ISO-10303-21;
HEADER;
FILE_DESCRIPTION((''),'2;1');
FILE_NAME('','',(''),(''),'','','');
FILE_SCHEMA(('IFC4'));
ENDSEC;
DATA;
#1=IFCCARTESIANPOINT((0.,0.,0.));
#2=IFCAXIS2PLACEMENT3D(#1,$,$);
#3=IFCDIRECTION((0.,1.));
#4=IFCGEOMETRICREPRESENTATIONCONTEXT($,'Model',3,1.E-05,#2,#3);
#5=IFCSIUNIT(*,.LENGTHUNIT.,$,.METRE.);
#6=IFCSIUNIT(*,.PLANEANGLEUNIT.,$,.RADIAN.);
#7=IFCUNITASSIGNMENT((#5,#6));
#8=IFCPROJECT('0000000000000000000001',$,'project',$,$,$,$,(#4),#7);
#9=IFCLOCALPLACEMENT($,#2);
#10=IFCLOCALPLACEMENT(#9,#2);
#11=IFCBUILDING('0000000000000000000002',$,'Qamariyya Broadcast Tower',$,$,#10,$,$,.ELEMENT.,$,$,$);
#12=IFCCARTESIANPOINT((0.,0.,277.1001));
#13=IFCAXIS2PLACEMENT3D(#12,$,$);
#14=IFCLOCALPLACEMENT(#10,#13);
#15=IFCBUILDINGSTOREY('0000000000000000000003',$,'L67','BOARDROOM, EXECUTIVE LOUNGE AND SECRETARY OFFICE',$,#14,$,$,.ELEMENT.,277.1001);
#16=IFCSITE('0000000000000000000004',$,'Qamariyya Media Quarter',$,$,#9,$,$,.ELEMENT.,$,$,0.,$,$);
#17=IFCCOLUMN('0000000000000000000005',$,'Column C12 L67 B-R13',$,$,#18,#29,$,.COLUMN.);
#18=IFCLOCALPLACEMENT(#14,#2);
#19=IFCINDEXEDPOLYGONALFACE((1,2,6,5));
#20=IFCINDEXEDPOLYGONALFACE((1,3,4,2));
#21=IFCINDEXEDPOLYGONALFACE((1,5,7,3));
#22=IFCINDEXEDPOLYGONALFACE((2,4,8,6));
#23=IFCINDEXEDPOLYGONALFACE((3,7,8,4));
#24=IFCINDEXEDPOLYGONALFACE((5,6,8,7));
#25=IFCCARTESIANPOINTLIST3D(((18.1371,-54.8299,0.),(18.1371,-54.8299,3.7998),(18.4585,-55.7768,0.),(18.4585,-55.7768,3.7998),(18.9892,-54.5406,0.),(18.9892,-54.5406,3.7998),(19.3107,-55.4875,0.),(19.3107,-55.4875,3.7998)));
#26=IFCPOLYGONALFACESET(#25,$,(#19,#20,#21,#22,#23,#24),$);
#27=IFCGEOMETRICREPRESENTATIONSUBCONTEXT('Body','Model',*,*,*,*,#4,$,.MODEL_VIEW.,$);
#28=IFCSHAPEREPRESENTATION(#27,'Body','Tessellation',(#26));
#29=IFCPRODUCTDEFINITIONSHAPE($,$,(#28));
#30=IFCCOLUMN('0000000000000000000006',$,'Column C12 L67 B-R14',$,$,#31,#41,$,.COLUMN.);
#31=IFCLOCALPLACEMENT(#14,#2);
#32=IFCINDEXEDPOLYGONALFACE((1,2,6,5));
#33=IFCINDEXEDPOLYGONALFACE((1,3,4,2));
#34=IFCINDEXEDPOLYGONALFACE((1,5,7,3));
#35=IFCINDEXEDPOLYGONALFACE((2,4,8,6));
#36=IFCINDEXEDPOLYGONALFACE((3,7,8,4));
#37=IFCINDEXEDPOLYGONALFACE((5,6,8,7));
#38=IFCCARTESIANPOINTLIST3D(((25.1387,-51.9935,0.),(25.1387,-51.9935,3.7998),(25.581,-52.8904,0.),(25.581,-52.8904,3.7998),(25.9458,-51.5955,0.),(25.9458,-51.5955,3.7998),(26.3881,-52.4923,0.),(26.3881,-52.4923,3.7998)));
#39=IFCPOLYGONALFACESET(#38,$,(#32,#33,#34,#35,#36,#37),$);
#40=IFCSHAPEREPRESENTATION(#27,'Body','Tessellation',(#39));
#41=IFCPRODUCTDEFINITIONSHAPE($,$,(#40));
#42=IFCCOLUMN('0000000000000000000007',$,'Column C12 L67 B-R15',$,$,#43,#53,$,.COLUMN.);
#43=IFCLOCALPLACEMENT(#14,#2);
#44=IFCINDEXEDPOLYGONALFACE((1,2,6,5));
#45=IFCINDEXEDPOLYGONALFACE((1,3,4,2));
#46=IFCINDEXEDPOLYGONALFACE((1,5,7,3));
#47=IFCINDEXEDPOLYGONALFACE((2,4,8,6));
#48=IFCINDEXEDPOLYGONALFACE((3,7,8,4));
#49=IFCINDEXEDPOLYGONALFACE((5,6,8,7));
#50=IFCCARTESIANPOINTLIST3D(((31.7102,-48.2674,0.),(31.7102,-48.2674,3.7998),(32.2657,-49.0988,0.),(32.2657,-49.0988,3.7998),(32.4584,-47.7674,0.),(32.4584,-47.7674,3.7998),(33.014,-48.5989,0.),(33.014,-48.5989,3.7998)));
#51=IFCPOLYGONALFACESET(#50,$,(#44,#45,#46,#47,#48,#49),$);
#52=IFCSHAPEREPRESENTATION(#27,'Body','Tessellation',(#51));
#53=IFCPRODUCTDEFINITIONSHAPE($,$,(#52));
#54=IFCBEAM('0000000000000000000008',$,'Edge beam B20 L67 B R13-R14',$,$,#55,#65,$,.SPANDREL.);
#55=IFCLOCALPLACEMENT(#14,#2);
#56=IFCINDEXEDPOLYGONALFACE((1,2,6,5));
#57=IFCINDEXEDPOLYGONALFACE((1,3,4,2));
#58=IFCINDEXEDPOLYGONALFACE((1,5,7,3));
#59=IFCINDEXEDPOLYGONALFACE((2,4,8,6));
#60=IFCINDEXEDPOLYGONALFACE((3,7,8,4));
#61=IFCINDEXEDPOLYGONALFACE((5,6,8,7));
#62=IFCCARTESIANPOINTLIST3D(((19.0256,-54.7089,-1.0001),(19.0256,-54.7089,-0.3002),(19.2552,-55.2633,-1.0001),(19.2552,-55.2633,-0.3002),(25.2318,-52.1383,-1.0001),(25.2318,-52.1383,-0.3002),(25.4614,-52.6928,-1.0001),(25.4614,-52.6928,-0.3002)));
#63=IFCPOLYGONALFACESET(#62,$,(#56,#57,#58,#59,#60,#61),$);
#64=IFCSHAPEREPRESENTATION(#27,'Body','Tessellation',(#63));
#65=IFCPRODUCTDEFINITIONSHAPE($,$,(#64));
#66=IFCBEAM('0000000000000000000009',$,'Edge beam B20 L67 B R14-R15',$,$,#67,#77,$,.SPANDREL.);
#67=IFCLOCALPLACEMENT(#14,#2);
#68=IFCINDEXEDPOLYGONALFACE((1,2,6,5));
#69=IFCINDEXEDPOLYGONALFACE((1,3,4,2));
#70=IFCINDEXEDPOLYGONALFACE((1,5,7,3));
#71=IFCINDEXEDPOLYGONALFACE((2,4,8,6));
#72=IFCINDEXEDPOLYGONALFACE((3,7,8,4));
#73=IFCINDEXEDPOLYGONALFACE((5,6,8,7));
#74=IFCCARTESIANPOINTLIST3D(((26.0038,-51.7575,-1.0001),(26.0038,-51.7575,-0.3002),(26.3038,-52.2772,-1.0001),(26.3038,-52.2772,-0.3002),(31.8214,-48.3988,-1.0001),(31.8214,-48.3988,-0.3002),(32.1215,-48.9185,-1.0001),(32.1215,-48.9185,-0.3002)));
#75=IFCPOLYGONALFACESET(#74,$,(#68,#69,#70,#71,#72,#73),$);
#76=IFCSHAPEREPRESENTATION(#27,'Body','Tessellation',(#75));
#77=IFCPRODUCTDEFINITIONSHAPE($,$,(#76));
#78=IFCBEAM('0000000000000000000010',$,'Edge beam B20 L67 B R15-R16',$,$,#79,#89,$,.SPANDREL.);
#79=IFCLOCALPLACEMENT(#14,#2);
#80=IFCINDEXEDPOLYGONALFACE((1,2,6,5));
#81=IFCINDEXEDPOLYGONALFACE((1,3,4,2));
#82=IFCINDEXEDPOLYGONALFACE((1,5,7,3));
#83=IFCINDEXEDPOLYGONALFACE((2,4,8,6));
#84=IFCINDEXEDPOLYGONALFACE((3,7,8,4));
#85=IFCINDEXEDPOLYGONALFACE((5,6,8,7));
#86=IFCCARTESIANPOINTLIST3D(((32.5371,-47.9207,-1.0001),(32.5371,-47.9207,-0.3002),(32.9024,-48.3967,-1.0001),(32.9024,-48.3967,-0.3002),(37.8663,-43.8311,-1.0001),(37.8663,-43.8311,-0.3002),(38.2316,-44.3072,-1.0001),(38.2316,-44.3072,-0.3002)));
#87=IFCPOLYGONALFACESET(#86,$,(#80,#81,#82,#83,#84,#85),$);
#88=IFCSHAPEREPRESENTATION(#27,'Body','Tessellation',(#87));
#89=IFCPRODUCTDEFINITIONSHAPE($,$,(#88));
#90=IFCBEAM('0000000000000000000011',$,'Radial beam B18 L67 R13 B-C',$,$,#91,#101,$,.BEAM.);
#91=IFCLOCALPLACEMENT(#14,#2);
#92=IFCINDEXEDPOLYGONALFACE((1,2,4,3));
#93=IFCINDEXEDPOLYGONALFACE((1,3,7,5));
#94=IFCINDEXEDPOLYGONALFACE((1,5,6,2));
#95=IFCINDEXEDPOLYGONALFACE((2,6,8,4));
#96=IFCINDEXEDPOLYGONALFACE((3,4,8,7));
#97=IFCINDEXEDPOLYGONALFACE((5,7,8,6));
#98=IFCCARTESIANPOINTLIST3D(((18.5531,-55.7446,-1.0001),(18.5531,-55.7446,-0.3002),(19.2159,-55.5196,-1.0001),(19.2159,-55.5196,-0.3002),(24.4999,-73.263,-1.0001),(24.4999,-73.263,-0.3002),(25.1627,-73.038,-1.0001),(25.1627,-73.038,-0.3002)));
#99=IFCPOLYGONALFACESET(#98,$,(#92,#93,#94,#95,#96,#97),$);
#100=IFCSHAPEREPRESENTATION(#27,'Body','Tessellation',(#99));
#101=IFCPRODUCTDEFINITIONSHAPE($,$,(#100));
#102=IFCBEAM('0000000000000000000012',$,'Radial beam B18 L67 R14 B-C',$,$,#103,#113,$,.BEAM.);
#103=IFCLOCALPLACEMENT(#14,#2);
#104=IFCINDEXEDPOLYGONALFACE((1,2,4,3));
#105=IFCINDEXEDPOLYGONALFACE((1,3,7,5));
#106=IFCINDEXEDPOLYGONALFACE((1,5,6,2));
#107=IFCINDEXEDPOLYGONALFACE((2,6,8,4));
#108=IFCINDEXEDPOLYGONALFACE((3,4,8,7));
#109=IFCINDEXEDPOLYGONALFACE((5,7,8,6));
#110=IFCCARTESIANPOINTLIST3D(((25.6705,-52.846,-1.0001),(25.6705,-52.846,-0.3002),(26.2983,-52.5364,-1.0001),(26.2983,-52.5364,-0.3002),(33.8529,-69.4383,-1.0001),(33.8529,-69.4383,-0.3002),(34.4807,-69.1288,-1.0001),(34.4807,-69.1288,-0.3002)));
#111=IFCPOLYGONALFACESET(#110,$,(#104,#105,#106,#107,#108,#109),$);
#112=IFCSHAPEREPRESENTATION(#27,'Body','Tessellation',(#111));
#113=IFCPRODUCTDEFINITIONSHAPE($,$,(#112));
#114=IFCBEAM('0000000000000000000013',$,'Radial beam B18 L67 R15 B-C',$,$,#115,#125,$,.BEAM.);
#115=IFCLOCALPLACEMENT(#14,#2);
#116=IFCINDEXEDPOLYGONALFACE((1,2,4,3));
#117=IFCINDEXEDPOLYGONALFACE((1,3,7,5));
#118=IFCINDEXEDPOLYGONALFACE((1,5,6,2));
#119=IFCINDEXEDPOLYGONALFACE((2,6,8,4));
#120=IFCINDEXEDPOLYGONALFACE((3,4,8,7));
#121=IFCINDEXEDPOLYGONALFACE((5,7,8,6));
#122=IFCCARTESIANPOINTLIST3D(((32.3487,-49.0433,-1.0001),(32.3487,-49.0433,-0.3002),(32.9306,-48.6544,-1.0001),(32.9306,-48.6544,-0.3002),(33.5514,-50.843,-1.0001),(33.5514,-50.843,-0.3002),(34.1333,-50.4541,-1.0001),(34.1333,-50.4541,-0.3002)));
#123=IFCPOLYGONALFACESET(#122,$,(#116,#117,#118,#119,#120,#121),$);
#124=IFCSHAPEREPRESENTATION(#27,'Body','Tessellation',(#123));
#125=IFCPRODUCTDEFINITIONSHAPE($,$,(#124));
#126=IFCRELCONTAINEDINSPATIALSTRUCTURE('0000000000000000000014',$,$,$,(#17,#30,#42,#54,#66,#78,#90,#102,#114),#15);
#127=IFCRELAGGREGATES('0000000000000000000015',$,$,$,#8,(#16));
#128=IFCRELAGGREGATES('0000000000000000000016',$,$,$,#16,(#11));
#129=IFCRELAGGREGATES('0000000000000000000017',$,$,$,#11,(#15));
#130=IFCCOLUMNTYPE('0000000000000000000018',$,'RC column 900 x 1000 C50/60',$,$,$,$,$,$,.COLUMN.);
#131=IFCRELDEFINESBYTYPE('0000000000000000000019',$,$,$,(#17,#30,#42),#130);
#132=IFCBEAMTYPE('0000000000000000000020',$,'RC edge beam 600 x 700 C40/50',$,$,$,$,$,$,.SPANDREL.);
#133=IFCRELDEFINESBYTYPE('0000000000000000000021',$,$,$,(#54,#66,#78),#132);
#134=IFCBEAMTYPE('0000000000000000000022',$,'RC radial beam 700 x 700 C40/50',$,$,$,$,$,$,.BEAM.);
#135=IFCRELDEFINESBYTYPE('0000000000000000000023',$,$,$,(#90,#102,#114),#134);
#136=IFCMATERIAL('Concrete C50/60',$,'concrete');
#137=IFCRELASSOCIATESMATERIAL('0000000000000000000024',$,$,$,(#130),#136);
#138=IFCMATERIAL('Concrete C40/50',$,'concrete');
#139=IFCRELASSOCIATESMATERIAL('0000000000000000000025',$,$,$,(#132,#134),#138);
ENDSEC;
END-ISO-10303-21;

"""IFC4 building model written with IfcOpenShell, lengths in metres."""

from ifc_helpers import new_model, si_unit, direction, frame, origin, origin_2d, place, context, subcontext, project, spatial, rectangle, extrude, material, material_profile, profile_set, type_object, element, save


model = new_model("IFC4")

# Units and contexts
model_context = context("Model", 3, precision=1e-05, world=origin(), true_north=direction((0.0, 1.0)))
body_context = subcontext(model_context, "Body", "Model", "MODEL_VIEW")
ifc_project = project(units=[si_unit("LENGTHUNIT", "METRE"), si_unit("PLANEANGLEUNIT", "RADIAN")], contexts=[model_context])

# Site, building, storey
site_placement = place(None, origin())
site = spatial("IfcSite", under=ifc_project, at=site_placement, Name="Qamariyya Media Quarter", CompositionType="ELEMENT", RefElevation=0.0)
building_placement = place(site_placement, origin())
building = spatial("IfcBuilding", under=site, at=building_placement, Name="Qamariyya Broadcast Tower", CompositionType="ELEMENT")
storey_placement = place(building_placement, frame((0.0, 0.0, 277.1001)))
storey = spatial("IfcBuildingStorey", under=building, at=storey_placement, Name="L67", Description="BOARDROOM, EXECUTIVE LOUNGE AND SECRETARY OFFICE", CompositionType="ELEMENT", Elevation=277.1001)

# Columns
ifc_material_1 = material(Name="Concrete C50/60", Category="concrete")
ifc_material_profile_1 = material_profile(ifc_material_1, rectangle(XDim=0.8999, YDim=1.0, at=origin_2d()))
ifc_profile_set_1 = profile_set([ifc_material_profile_1], Name="Concrete C50/60")
column_type = type_object("IfcColumnType", Name="RC column 900 x 1000 C50/60", PredefinedType="COLUMN", material=ifc_profile_set_1)
for number, where, z_axis, x_axis, name in (
    (1, (18.7239, -55.1587, 0.0), (0.0, 0.0, 1.0), (0.94693, 0.321439, 0.0), "Column C12 L67 B-R13"),
    (2, (25.7634, -52.2429, 0.0), (0.0, 0.0, 1.0), (0.896873, 0.442289, 0.0), "Column C12 L67 B-R14"),
    (3, (32.3621, -48.4331, 0.0), (0.0, 0.0, 1.0), (0.83147, 0.55557, 0.0), "Column C12 L67 B-R15"),
):
    element("IfcColumn", number, at=place(storey_placement, frame(where, z_axis=z_axis, x_axis=x_axis)), inside=storey, type_object=column_type, Name=name, PredefinedType="COLUMN", context=body_context, shape_type="SweptSolid", body=[
        extrude(rectangle(XDim=0.8999, YDim=1.0, at=origin_2d()), origin(), (0.0, 0.0, 1.0), 3.7998),
    ])

# Beams
ifc_material_2 = material(Name="Concrete C40/50", Category="concrete")
ifc_material_profile_2 = material_profile(ifc_material_2, rectangle(XDim=0.6001, YDim=0.7, at=origin_2d()))
ifc_profile_set_2 = profile_set([ifc_material_profile_2], Name="Concrete C40/50")
beam_type_1 = type_object("IfcBeamType", Name="RC edge beam 600 x 700 C40/50", PredefinedType="SPANDREL", material=ifc_profile_set_2)
for number, where, z_axis, x_axis, name in (
    (4, (19.1404, -54.9861, -0.6501), (0.923889, 0.382661, 0.0), (-0.382661, 0.923889, 0.0), "Edge beam B20 L67 B R13-R14"),
    (5, (26.1538, -52.0173, -0.6501), (0.866036, 0.499981, 0.0), (-0.499981, 0.866036, 0.0), "Edge beam B20 L67 B R14-R15"),
    (6, (32.7197, -48.1587, -0.6501), (0.793335, 0.608785, 0.0), (-0.608785, 0.793335, 0.0), "Edge beam B20 L67 B R15-R16"),
):
    element("IfcBeam", number, at=place(storey_placement, frame(where, z_axis=z_axis, x_axis=x_axis)), inside=storey, type_object=beam_type_1, Name=name, PredefinedType="SPANDREL", context=body_context, shape_type="SweptSolid", body=[
        extrude(rectangle(XDim=0.6001, YDim=0.7, at=origin_2d()), origin(), (0.0, 0.0, 1.0), 6.7175),
    ])
ifc_material_profile_3 = material_profile(ifc_material_2, rectangle(XDim=0.7, YDim=0.7, at=origin_2d()))
ifc_profile_set_3 = profile_set([ifc_material_profile_3], Name="Concrete C40/50")
beam_type_2 = type_object("IfcBeamType", Name="RC radial beam 700 x 700 C40/50", PredefinedType="BEAM", material=ifc_profile_set_3)
for number, where, z_axis, x_axis, name in (
    (7, (18.8845, -55.6321, -0.6501), (0.321445, -0.946928, 0.0), (0.946928, 0.321445, 0.0), "Radial beam B18 L67 R13 B-C"),
    (8, (25.9844, -52.6912, -0.6501), (0.442287, -0.896874, 0.0), (0.896874, 0.442287, 0.0), "Radial beam B18 L67 R14 B-C"),
):
    element("IfcBeam", number, at=place(storey_placement, frame(where, z_axis=z_axis, x_axis=x_axis)), inside=storey, type_object=beam_type_2, Name=name, PredefinedType="BEAM", context=body_context, shape_type="SweptSolid", body=[
        extrude(rectangle(XDim=0.7, YDim=0.7, at=origin_2d()), origin(), (0.0, 0.0, 1.0), 18.5002),
    ])
beam_placement = place(storey_placement, frame((32.6396, -48.8489, -0.6501), z_axis=(0.555637, -0.831425, 0.0), x_axis=(0.831425, 0.555637, 0.0)))
element("IfcBeam", 9, at=beam_placement, inside=storey, type_object=beam_type_2, Name="Radial beam B18 L67 R15 B-C", PredefinedType="BEAM", context=body_context, shape_type="SweptSolid", body=[
    extrude(rectangle(XDim=0.7, YDim=0.7, at=origin_2d()), origin(), (0.0, 0.0, 1.0), 2.1646),
])

save(model, "model.ifc")
